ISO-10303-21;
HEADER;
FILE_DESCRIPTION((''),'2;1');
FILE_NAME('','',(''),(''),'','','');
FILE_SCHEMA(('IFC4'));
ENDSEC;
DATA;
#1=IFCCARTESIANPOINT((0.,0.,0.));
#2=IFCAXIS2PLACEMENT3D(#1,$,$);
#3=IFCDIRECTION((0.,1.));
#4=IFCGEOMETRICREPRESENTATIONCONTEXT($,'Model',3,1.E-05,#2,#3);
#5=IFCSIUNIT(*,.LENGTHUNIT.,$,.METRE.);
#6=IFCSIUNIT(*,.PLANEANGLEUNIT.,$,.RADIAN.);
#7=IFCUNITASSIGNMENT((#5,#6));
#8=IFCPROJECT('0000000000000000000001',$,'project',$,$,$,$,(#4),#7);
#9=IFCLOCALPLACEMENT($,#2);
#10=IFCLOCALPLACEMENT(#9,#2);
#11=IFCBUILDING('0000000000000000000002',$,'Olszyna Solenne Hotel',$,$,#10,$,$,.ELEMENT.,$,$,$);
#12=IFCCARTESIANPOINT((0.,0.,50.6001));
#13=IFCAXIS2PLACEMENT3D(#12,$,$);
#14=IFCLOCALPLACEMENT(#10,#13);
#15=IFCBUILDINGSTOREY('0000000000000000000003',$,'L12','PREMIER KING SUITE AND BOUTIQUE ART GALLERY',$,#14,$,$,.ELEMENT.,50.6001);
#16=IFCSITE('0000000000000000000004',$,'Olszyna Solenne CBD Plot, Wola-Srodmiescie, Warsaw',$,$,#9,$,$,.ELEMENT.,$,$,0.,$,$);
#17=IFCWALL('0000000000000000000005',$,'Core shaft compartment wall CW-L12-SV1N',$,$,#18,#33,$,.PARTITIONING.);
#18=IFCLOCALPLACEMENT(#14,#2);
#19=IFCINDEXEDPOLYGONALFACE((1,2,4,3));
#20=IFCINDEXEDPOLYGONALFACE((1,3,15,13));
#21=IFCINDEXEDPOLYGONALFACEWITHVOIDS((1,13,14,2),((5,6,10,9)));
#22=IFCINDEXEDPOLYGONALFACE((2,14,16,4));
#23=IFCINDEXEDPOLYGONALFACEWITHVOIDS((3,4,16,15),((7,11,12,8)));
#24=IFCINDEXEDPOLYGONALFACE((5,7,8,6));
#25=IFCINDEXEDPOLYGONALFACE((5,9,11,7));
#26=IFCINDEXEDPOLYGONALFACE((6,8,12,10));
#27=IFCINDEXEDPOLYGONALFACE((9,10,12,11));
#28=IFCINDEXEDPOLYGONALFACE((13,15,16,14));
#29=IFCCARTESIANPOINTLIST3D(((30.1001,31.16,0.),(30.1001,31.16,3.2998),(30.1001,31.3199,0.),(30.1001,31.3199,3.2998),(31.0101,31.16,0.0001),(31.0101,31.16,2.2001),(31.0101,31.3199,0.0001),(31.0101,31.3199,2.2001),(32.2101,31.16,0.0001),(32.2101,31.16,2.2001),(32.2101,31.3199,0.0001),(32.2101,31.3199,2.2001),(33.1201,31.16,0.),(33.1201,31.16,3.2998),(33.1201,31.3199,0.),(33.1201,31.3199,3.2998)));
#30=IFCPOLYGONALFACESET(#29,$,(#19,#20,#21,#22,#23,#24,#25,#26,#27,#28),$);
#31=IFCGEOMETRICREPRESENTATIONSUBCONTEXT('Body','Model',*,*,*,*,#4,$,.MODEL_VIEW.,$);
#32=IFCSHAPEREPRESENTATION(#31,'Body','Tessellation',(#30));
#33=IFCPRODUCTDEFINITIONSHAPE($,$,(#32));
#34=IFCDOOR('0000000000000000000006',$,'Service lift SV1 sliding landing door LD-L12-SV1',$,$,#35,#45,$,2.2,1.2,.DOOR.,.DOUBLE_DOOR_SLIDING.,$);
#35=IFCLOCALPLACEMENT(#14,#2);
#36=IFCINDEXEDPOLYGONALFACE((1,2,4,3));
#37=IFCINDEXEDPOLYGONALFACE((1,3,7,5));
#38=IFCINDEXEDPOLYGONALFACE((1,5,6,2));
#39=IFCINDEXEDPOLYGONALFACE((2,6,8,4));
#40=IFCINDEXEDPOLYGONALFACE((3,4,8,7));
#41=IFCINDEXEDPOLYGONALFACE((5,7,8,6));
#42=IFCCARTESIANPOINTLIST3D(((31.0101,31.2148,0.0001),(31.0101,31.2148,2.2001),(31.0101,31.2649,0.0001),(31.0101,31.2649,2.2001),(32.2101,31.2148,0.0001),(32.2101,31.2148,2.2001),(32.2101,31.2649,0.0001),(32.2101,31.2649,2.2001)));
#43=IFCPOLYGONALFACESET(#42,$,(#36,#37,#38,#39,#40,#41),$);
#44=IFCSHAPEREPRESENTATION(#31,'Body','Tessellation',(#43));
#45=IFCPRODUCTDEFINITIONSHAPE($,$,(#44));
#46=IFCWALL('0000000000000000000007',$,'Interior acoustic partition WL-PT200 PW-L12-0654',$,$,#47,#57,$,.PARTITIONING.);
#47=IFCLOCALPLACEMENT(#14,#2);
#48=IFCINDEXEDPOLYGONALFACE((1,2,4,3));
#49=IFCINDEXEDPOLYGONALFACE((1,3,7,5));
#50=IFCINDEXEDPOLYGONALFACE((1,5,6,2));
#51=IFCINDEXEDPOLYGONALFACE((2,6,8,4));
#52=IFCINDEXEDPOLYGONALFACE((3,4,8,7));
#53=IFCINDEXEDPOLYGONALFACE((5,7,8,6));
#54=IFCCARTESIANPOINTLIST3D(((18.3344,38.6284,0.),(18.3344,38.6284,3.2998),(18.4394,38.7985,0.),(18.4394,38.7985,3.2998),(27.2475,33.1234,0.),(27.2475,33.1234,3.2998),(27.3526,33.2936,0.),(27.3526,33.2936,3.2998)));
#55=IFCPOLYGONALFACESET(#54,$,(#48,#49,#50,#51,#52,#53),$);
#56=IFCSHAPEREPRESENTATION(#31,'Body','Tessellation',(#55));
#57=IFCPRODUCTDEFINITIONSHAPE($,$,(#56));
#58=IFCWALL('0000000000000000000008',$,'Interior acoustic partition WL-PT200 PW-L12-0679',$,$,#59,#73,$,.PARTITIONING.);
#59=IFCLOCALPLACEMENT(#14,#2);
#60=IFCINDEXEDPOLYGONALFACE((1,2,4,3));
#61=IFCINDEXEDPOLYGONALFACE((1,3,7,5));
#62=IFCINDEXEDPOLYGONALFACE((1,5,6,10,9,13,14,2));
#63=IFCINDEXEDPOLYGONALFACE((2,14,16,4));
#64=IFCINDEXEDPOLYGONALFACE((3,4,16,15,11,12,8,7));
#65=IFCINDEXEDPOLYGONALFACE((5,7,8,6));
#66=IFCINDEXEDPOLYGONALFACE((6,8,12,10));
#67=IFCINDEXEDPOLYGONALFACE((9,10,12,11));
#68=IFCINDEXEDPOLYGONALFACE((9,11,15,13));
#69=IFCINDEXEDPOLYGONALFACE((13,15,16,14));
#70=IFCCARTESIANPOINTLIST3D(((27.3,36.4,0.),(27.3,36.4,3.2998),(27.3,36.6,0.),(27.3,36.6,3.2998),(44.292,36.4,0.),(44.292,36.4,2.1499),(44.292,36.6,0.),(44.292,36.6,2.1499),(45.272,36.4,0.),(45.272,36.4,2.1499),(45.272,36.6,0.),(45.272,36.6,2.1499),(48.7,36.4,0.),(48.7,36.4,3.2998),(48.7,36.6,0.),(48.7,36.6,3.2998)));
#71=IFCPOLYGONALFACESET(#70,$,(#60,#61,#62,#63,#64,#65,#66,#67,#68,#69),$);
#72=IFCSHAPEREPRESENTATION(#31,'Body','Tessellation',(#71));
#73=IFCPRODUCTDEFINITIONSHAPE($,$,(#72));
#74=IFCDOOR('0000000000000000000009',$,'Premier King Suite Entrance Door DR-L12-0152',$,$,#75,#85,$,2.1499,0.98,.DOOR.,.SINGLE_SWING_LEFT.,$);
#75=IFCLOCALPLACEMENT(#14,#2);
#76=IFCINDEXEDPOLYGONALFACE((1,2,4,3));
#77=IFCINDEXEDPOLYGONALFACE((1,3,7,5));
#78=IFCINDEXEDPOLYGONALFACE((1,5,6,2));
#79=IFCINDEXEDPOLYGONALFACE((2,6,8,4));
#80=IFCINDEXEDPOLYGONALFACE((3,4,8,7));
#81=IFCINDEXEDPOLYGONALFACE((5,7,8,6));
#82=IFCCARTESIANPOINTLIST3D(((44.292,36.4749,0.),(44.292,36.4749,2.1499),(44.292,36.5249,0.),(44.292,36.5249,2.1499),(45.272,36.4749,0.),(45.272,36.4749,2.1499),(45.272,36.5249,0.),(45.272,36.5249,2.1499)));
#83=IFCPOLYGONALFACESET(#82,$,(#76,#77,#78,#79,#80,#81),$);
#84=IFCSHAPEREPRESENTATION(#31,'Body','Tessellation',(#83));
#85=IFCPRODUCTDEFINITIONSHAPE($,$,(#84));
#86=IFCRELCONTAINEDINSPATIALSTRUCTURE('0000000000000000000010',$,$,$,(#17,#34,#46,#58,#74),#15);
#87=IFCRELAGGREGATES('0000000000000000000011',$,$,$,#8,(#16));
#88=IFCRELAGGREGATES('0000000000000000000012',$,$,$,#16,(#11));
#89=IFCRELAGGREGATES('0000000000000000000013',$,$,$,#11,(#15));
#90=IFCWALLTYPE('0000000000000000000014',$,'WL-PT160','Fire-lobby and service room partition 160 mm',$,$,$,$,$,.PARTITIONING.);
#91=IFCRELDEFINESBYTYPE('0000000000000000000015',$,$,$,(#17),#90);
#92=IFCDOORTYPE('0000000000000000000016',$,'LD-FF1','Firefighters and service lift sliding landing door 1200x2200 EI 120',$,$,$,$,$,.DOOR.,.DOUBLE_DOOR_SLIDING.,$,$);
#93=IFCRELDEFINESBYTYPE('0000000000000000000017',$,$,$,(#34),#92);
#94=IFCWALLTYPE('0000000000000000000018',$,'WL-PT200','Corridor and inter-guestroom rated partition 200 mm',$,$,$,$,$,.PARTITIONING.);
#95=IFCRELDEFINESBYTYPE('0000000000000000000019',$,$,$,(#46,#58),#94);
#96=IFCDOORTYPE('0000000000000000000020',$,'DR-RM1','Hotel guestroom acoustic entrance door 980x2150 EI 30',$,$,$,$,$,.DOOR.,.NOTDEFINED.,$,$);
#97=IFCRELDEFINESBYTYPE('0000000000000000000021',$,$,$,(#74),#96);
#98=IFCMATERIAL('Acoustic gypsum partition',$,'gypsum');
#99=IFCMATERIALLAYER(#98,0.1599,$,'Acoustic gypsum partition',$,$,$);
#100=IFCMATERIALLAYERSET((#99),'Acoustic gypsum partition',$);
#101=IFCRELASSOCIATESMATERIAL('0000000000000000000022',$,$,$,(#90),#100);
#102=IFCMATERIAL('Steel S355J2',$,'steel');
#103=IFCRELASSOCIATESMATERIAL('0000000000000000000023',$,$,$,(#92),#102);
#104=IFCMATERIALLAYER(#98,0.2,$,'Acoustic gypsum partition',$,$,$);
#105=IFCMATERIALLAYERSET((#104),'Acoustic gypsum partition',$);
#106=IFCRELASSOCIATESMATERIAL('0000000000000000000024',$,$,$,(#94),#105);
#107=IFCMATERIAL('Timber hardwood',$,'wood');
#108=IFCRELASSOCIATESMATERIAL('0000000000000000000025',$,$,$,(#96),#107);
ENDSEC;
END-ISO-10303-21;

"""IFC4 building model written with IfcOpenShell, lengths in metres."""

from ifc_helpers import new_model, si_unit, direction, frame, frame_2d, origin, place, context, subcontext, project, spatial, rectangle, extrude, source, transform, mapped, material, layer, layer_set, type_object, type_shapes, element, fill, save


model = new_model("IFC4")

# Units and contexts
model_context = context("Model", 3, precision=1e-05, world=origin(), true_north=direction((0.0, 1.0)))
body_context = subcontext(model_context, "Body", "Model", "MODEL_VIEW")
ifc_project = project(units=[si_unit("LENGTHUNIT", "METRE"), si_unit("PLANEANGLEUNIT", "RADIAN")], contexts=[model_context])

# Site, building, storey
site_placement = place(None, origin())
site = spatial("IfcSite", under=ifc_project, at=site_placement, Name="Olszyna Solenne CBD Plot, Wola-Srodmiescie, Warsaw", CompositionType="ELEMENT", RefElevation=0.0)
building_placement = place(site_placement, origin())
building = spatial("IfcBuilding", under=site, at=building_placement, Name="Olszyna Solenne Hotel", CompositionType="ELEMENT")
storey_placement = place(building_placement, frame((0.0, 0.0, 50.6001)))
storey = spatial("IfcBuildingStorey", under=building, at=storey_placement, Name="L12", Description="PREMIER KING SUITE AND BOUTIQUE ART GALLERY", CompositionType="ELEMENT", Elevation=50.6001)

# Shared definitions
ifc_material_1 = material(Name="Steel S355J2", Category="steel")

# Shared definitions
ifc_material_2 = material(Name="Acoustic gypsum partition", Category="gypsum")
ifc_layer_1 = layer(ifc_material_2, 0.1599, Name="Acoustic gypsum partition")
ifc_layer_set_1 = layer_set([ifc_layer_1], Name="Acoustic gypsum partition")
wall_type_1 = type_object("IfcWallType", Name="WL-PT160", Description="Fire-lobby and service room partition 160 mm", PredefinedType="PARTITIONING", material=ifc_layer_set_1)

# Wall, opening, door
wall_1_placement = place(storey_placement, frame((30.1001, 31.24, 0.0), z_axis=(0.0, 0.0, 1.0), x_axis=(1.0, 0.0, 0.0)))
wall_1 = element("IfcWall", 1, at=wall_1_placement, inside=storey, type_object=wall_type_1, Name="Core shaft compartment wall CW-L12-SV1N", PredefinedType="PARTITIONING", context=body_context, shape_type="SweptSolid", body=[
    extrude(rectangle(XDim=3.02, YDim=0.1599, at=frame_2d((1.51, 0.0))), origin(), (0.0, 0.0, 1.0), 3.2998),
])
opening_1_placement = place(wall_1_placement, frame((0.9099, 0.0, 0.0)))
opening_1 = element("IfcOpeningElement", 2, at=opening_1_placement, cuts=wall_1, PredefinedType="OPENING", context=body_context, shape_type="SweptSolid", body=[
    extrude(rectangle(XDim=1.2, YDim=2.2, at=frame_2d((0.6001, 1.1001))), frame((0.0, 0.0898, 0.0), z_axis=(0.0, -1.0, 0.0), x_axis=(1.0, 0.0, 0.0)), (0.0, 0.0, 1.0), 0.1799),
])
door_type_1 = type_object("IfcDoorType", Name="LD-FF1", Description="Firefighters and service lift sliding landing door 1200x2200 EI 120", OperationType="DOUBLE_DOOR_SLIDING", PredefinedType="DOOR", material=ifc_material_1)
shared_shape_1 = source(origin(), body_context, "Body", "SweptSolid", [
    extrude(rectangle(XDim=1.2, YDim=2.2, at=frame_2d((0.6001, 1.1001))), frame((0.0, 0.0249, 0.0), z_axis=(0.0, -1.0, 0.0), x_axis=(1.0, 0.0, 0.0)), (0.0, 0.0, 1.0), 0.05),
])
type_shapes(door_type_1, [shared_shape_1])
door_1_placement = place(opening_1_placement, origin())
door_1 = element("IfcDoor", 3, at=door_1_placement, inside=storey, type_object=door_type_1, Name="Service lift SV1 sliding landing door LD-L12-SV1", OperationType="DOUBLE_DOOR_SLIDING", OverallHeight=2.2, OverallWidth=1.2, PredefinedType="DOOR", context=body_context, shape_type="MappedRepresentation", body=[
    mapped(shared_shape_1, transform((0.0, 0.0, 0.0), x_axis=(1.0, 0.0, 0.0), y_axis=(0.0, 1.0, 0.0), z_axis=(0.0, 0.0, 1.0), scale=1.0)),
])
fill(opening_1, door_1)

# Wall
ifc_layer_2 = layer(ifc_material_2, 0.2, Name="Acoustic gypsum partition")
ifc_layer_set_2 = layer_set([ifc_layer_2], Name="Acoustic gypsum partition")
wall_type_2 = type_object("IfcWallType", Name="WL-PT200", Description="Corridor and inter-guestroom rated partition 200 mm", PredefinedType="PARTITIONING", material=ifc_layer_set_2)
wall_2_placement = place(storey_placement, frame((27.3, 33.2085, 0.0), z_axis=(0.0, 0.0, 1.0), x_axis=(-0.850809, 0.525475, 0.0)))
element("IfcWall", 4, at=wall_2_placement, inside=storey, type_object=wall_type_2, Name="Interior acoustic partition WL-PT200 PW-L12-0654", PredefinedType="PARTITIONING", context=body_context, shape_type="SweptSolid", body=[
    extrude(rectangle(XDim=10.4761, YDim=0.2, at=frame_2d((5.238, 0.0))), origin(), (0.0, 0.0, 1.0), 3.2998),
])

# Wall, opening, door
wall_3_placement = place(storey_placement, frame((27.3, 36.5, 0.0), z_axis=(0.0, 0.0, 1.0), x_axis=(1.0, 0.0, 0.0)))
wall_3 = element("IfcWall", 5, at=wall_3_placement, inside=storey, type_object=wall_type_2, Name="Interior acoustic partition WL-PT200 PW-L12-0679", PredefinedType="PARTITIONING", context=body_context, shape_type="SweptSolid", body=[
    extrude(rectangle(XDim=21.3999, YDim=0.2, at=frame_2d((10.7, 0.0))), origin(), (0.0, 0.0, 1.0), 3.2998),
])
opening_2_placement = place(wall_3_placement, frame((16.9919, 0.0, 0.0)))
opening_2 = element("IfcOpeningElement", 6, at=opening_2_placement, cuts=wall_3, PredefinedType="OPENING", context=body_context, shape_type="SweptSolid", body=[
    extrude(rectangle(XDim=0.98, YDim=2.1499, at=frame_2d((0.49, 1.075))), frame((0.0, 0.1099, 0.0), z_axis=(0.0, -1.0, 0.0), x_axis=(1.0, 0.0, 0.0)), (0.0, 0.0, 1.0), 0.22),
])
ifc_material_3 = material(Name="Timber hardwood", Category="wood")
door_type_2 = type_object("IfcDoorType", Name="DR-RM1", Description="Hotel guestroom acoustic entrance door 980x2150 EI 30", OperationType="NOTDEFINED", PredefinedType="DOOR", material=ifc_material_3)
shared_shape_2 = source(origin(), body_context, "Body", "SweptSolid", [
    extrude(rectangle(XDim=0.98, YDim=2.1499, at=frame_2d((0.49, 1.075))), frame((0.0, 0.0249, 0.0), z_axis=(0.0, -1.0, 0.0), x_axis=(1.0, 0.0, 0.0)), (0.0, 0.0, 1.0), 0.05),
])
type_shapes(door_type_2, [shared_shape_2])
door_2_placement = place(opening_2_placement, origin())
door_2 = element("IfcDoor", 7, at=door_2_placement, inside=storey, type_object=door_type_2, Name="Premier King Suite Entrance Door DR-L12-0152", OperationType="SINGLE_SWING_LEFT", OverallHeight=2.1499, OverallWidth=0.98, PredefinedType="DOOR", context=body_context, shape_type="MappedRepresentation", body=[
    mapped(shared_shape_2, transform((0.0, 0.0, 0.0), x_axis=(1.0, 0.0, 0.0), y_axis=(0.0, 1.0, 0.0), z_axis=(0.0, 0.0, 1.0), scale=1.0)),
])
fill(opening_2, door_2)

save(model, "model.ifc")
